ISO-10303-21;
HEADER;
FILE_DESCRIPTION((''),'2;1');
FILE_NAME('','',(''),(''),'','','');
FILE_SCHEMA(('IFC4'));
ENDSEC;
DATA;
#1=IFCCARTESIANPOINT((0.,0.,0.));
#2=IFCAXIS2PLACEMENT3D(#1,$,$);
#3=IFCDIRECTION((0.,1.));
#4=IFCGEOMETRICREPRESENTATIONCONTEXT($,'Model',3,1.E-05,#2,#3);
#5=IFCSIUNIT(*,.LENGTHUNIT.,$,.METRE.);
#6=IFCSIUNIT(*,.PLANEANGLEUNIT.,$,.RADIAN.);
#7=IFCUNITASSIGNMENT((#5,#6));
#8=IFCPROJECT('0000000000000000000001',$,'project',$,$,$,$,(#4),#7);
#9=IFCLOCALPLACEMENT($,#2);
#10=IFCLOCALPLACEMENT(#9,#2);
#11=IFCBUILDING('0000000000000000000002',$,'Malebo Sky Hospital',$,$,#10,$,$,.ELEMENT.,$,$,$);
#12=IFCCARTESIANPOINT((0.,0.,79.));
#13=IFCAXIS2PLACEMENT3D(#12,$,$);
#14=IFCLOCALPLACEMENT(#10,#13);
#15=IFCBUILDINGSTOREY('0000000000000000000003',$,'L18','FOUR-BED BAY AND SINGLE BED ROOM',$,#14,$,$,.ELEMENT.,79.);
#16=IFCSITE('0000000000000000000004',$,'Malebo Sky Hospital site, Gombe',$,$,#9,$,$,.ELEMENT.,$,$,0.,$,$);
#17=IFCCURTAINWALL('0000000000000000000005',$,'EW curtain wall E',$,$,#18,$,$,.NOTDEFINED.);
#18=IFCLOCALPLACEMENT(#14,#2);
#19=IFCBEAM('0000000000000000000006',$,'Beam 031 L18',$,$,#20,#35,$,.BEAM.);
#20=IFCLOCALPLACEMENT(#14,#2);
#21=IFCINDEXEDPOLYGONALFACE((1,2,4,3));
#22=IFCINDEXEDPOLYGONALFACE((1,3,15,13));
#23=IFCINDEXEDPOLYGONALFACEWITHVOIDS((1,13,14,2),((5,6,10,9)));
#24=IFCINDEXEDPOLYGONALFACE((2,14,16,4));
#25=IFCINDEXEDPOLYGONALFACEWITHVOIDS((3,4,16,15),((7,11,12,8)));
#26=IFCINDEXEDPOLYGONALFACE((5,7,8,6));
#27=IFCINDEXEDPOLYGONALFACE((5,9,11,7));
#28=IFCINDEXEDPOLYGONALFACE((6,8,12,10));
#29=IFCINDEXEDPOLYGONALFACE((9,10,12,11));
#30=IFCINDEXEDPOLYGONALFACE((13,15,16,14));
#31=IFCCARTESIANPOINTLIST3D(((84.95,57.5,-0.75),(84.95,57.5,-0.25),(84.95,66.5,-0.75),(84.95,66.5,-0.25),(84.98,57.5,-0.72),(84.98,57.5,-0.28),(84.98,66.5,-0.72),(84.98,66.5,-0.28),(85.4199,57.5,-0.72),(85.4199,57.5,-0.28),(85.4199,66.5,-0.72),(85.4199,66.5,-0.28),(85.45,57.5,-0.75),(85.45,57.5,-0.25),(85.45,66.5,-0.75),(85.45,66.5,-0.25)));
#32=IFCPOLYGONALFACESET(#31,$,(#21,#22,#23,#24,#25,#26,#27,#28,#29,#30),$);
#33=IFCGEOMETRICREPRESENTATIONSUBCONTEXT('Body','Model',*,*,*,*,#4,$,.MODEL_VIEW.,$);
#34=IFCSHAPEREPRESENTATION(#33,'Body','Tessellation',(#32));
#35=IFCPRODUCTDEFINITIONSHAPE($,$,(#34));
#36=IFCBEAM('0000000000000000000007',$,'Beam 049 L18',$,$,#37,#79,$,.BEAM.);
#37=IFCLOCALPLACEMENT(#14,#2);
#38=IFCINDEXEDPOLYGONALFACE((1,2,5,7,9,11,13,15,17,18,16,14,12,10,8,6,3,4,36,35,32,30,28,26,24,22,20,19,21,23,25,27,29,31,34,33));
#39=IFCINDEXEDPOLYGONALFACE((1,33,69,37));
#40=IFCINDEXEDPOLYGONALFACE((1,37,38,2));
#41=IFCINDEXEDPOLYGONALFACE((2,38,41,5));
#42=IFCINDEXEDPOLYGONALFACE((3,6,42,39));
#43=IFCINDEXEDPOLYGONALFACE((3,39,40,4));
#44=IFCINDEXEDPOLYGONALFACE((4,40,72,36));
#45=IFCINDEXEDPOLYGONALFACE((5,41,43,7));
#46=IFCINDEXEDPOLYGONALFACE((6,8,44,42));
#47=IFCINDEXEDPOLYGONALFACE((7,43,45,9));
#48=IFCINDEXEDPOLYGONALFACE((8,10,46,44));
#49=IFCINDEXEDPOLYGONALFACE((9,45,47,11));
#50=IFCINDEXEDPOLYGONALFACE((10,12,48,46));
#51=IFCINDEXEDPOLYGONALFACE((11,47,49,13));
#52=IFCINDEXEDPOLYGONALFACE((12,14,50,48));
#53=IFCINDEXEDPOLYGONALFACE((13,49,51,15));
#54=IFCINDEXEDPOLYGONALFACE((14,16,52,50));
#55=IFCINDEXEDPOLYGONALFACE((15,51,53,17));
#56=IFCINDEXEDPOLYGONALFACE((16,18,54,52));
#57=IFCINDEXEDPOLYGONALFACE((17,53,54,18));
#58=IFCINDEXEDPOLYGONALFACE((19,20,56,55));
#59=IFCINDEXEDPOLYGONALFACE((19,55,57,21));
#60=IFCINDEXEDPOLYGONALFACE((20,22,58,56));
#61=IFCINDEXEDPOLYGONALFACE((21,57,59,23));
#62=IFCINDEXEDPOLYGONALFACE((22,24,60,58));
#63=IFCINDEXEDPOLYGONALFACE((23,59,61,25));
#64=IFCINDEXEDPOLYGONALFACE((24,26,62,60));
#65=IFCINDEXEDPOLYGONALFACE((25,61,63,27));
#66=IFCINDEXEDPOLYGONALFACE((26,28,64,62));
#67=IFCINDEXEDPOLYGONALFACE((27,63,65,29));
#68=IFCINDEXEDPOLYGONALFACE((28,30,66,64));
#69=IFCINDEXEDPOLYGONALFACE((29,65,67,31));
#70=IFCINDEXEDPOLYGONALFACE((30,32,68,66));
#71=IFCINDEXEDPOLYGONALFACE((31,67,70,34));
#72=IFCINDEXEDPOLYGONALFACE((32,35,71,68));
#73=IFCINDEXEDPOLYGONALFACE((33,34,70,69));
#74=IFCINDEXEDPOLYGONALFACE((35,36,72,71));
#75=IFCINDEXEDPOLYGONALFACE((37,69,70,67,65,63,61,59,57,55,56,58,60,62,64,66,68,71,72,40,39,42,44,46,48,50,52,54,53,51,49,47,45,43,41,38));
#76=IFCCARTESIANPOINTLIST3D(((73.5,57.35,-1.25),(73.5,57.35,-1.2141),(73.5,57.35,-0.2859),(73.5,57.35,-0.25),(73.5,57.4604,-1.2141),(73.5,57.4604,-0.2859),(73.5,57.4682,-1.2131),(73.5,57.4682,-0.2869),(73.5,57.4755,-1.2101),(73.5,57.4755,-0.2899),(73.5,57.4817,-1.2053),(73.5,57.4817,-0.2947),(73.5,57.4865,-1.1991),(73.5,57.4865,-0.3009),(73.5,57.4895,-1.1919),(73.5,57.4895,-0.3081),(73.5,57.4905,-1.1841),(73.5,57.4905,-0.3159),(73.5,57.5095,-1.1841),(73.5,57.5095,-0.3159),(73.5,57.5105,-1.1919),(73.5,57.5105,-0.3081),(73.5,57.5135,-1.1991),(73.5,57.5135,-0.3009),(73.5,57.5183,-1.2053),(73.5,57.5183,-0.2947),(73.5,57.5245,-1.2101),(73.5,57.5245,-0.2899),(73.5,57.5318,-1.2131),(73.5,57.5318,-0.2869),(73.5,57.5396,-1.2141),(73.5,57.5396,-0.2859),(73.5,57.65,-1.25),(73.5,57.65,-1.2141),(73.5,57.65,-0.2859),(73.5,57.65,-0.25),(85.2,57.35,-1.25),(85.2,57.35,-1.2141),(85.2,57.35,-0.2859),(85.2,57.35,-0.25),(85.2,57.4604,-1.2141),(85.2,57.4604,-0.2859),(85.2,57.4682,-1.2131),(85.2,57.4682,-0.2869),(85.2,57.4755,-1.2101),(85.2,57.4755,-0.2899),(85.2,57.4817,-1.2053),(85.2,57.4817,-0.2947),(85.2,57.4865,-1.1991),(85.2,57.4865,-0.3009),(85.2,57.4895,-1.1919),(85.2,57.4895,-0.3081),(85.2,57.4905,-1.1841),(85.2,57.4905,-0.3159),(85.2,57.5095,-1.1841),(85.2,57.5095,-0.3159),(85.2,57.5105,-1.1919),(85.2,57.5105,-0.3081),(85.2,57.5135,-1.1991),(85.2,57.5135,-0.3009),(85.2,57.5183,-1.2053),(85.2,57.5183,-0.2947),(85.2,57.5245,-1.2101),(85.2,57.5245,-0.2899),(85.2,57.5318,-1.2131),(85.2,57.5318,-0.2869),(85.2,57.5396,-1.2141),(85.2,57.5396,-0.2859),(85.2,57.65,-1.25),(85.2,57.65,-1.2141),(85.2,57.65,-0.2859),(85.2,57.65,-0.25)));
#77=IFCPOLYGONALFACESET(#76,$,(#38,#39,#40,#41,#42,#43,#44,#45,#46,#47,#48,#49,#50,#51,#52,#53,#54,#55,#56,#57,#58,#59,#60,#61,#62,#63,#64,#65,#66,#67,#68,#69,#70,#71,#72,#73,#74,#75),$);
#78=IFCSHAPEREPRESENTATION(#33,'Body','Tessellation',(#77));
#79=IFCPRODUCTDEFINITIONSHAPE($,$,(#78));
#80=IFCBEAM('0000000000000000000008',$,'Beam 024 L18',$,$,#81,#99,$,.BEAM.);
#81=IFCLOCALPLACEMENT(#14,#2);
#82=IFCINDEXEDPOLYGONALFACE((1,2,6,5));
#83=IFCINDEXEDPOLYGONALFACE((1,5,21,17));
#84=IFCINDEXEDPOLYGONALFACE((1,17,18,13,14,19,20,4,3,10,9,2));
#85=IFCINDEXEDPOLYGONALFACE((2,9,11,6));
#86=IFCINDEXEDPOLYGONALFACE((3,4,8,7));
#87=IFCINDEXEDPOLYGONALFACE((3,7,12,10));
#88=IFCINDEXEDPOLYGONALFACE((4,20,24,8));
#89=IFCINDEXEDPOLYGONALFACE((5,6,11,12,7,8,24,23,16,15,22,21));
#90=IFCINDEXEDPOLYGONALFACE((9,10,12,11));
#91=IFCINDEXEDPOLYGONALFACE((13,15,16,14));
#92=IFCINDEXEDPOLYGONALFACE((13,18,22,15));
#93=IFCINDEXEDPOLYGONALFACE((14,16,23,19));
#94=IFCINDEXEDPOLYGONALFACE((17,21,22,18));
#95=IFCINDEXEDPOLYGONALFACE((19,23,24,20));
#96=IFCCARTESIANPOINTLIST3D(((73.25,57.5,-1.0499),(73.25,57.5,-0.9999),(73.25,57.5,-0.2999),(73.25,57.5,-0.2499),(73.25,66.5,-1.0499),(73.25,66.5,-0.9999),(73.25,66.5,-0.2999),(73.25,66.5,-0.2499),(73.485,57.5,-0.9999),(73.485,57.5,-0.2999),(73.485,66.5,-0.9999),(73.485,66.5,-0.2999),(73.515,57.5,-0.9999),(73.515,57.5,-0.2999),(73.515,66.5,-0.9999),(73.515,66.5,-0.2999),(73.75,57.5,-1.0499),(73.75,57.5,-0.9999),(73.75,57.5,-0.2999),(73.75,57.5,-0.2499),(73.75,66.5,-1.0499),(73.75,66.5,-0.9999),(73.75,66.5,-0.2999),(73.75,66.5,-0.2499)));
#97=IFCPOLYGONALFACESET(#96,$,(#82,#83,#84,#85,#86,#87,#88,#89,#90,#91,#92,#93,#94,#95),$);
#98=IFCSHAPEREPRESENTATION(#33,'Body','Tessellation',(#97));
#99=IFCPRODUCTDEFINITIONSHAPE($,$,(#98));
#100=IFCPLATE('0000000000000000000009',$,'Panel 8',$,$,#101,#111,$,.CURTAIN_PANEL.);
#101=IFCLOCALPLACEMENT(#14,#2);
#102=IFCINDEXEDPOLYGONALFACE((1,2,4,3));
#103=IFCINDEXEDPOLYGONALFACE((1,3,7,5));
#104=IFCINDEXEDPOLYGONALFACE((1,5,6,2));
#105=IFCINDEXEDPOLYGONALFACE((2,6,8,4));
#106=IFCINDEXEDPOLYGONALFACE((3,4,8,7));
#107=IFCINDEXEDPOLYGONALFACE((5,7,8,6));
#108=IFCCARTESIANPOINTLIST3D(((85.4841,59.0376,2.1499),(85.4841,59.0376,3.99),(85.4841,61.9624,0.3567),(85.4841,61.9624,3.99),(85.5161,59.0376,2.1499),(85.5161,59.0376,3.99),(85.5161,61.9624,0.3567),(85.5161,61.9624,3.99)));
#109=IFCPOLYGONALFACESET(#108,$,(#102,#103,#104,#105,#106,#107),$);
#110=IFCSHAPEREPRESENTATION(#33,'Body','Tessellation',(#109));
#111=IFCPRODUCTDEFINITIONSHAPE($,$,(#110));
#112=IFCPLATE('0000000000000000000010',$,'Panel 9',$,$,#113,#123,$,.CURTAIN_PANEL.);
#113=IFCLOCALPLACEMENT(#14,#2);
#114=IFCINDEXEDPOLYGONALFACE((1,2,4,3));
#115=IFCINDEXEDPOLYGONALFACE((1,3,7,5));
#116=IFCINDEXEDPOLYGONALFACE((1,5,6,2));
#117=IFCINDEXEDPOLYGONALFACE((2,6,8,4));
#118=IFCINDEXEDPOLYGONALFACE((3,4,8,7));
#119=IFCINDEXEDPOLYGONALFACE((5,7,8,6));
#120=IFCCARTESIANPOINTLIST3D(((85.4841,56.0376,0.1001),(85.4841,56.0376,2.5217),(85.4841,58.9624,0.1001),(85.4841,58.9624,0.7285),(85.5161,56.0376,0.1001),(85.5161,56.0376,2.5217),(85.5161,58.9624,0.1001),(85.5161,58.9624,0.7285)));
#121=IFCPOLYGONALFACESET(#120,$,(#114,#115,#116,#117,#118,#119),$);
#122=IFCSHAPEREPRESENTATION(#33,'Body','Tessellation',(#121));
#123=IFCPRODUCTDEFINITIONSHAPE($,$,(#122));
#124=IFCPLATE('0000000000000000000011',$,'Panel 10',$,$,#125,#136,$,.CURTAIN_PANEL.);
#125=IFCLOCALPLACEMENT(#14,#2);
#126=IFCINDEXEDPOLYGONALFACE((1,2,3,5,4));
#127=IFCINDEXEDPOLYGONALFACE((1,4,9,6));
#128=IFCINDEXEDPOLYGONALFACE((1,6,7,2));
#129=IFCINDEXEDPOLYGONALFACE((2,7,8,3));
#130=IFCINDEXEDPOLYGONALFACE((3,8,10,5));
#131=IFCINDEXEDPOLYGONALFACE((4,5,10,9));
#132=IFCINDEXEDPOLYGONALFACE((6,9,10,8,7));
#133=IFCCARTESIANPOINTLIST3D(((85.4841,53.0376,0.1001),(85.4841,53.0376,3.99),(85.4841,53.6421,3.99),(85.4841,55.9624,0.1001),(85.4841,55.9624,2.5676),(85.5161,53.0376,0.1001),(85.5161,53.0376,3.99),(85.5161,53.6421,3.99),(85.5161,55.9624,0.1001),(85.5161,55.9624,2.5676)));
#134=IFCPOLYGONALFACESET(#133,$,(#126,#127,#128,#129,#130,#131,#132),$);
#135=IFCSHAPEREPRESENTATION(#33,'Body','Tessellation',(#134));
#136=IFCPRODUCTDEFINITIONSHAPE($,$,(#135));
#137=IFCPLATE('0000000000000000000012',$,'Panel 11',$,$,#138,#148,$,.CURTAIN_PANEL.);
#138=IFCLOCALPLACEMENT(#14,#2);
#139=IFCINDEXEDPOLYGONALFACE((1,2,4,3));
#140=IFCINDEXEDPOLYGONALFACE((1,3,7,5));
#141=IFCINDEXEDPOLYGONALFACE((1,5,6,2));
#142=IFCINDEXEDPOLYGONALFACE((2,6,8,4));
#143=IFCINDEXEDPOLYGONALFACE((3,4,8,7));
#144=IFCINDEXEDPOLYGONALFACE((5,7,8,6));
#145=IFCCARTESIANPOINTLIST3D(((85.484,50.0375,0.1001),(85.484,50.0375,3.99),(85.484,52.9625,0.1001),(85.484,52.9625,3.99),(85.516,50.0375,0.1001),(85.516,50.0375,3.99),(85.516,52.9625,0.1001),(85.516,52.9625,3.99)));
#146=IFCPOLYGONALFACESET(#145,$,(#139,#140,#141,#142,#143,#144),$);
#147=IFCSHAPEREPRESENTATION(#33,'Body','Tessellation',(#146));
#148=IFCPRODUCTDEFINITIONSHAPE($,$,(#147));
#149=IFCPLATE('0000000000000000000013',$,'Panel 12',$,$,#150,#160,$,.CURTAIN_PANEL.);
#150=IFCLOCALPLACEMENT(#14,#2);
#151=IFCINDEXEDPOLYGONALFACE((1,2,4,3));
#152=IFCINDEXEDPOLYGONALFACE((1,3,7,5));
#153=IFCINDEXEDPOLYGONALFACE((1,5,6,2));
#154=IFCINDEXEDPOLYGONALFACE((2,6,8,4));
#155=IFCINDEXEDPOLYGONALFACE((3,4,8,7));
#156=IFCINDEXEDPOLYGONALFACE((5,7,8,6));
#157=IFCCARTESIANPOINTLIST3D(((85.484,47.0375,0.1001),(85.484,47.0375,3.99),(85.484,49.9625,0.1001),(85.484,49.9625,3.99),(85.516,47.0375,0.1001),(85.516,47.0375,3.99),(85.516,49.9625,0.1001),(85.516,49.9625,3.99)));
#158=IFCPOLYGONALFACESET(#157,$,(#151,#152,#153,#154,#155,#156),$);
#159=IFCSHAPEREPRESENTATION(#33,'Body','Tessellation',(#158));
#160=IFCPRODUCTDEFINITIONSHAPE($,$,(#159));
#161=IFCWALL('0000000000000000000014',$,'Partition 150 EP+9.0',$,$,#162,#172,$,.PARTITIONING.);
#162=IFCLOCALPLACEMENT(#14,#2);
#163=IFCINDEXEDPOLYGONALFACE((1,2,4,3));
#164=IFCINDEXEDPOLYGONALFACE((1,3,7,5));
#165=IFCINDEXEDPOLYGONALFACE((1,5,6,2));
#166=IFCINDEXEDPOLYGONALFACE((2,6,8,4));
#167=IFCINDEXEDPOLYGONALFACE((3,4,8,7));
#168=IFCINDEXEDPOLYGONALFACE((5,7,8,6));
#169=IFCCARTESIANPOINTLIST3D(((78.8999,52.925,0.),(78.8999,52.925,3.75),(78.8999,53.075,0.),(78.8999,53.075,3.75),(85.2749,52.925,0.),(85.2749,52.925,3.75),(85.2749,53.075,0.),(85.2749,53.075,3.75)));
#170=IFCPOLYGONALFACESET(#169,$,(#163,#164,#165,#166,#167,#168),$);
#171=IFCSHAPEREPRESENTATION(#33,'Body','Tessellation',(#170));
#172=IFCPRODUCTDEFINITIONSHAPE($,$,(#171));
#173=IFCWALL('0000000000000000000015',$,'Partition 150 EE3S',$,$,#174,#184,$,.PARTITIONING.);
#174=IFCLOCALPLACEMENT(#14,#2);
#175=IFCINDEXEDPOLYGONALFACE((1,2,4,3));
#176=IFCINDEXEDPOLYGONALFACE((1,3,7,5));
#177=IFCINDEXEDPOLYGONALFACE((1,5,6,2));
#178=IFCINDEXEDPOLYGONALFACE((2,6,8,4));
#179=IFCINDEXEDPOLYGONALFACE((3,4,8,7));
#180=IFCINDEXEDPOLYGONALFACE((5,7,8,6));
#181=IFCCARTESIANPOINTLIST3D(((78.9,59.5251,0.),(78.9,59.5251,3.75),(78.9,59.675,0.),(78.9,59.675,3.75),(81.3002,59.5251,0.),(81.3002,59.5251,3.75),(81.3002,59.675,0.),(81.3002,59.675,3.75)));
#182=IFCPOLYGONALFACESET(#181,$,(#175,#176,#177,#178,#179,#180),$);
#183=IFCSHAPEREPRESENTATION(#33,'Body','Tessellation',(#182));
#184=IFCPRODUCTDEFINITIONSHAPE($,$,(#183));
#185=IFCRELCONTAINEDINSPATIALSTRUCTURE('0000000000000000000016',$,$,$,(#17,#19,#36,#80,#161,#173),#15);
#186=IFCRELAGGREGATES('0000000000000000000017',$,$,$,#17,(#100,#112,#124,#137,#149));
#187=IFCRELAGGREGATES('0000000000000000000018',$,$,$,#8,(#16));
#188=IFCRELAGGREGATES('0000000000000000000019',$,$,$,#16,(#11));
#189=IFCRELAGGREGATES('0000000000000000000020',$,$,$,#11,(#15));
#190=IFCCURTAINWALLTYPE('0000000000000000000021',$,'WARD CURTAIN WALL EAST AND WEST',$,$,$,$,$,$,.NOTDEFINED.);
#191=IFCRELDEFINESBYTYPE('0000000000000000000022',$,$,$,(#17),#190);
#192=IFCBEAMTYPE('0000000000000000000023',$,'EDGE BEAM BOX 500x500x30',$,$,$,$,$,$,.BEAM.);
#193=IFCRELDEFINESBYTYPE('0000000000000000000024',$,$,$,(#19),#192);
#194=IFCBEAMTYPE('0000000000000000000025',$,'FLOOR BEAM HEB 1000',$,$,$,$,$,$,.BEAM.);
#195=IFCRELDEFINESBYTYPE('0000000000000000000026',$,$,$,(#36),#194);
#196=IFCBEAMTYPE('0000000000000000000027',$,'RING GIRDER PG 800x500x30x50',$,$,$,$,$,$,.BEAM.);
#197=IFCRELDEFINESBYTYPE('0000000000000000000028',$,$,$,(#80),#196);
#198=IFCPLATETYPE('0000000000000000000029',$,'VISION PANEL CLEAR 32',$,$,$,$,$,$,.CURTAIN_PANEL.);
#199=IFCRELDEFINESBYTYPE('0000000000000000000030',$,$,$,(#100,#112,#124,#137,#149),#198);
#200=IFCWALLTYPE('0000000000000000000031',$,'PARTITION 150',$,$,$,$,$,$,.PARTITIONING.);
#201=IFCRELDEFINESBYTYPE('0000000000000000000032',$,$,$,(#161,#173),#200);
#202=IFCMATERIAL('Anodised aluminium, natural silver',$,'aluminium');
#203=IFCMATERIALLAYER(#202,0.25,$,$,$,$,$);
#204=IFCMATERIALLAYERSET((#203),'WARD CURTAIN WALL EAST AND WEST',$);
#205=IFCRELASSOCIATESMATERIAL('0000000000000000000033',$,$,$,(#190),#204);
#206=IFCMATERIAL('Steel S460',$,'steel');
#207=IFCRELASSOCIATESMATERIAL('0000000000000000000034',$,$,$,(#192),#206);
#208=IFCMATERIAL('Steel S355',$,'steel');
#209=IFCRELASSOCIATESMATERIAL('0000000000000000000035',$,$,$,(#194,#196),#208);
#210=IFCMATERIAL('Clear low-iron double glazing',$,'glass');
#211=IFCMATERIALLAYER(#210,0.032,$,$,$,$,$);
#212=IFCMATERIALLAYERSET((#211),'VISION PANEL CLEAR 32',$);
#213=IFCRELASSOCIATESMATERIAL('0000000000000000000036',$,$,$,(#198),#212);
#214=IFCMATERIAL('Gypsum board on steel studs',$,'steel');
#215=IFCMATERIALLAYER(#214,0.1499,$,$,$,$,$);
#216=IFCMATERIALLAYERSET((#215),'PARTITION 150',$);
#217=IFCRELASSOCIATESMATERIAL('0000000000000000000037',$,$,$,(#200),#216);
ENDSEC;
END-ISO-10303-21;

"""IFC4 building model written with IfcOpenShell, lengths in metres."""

from ifc_helpers import new_model, si_unit, direction, frame, frame_2d, origin, origin_2d, place, context, subcontext, project, spatial, polyline, rectangle, hollow_rectangle, i_section, outline, extrude, material, layer, layer_set, material_profile, profile_set, type_object, element, aggregate, save


model = new_model("IFC4")

# Units and contexts
model_context = context("Model", 3, precision=1e-05, world=origin(), true_north=direction((0.0, 1.0)))
body_context = subcontext(model_context, "Body", "Model", "MODEL_VIEW")
ifc_project = project(units=[si_unit("LENGTHUNIT", "METRE"), si_unit("PLANEANGLEUNIT", "RADIAN")], contexts=[model_context])

# Site, building, storey
site_placement = place(None, origin())
site = spatial("IfcSite", under=ifc_project, at=site_placement, Name="Malebo Sky Hospital site, Gombe", CompositionType="ELEMENT", RefElevation=0.0)
building_placement = place(site_placement, origin())
building = spatial("IfcBuilding", under=site, at=building_placement, Name="Malebo Sky Hospital", CompositionType="ELEMENT")
storey_placement = place(building_placement, frame((0.0, 0.0, 79.0)))
storey = spatial("IfcBuildingStorey", under=building, at=storey_placement, Name="L18", Description="FOUR-BED BAY AND SINGLE BED ROOM", CompositionType="ELEMENT", Elevation=79.0)

# Shared definitions
ifc_material_1 = material(Name="Steel S460", Category="steel")

# Curtain wall
ifc_material_2 = material(Name="Anodised aluminium, natural silver", Category="aluminium")
ifc_layer_1 = layer(ifc_material_2, 0.25)
ifc_layer_set_1 = layer_set([ifc_layer_1], Name="WARD CURTAIN WALL EAST AND WEST")
curtain_wall_type = type_object("IfcCurtainWallType", Name="WARD CURTAIN WALL EAST AND WEST", PredefinedType="NOTDEFINED", material=ifc_layer_set_1)
curtain_wall_placement = place(storey_placement, origin())
curtain_wall = element("IfcCurtainWall", 1, at=curtain_wall_placement, inside=storey, type_object=curtain_wall_type, Name="EW curtain wall E", PredefinedType="NOTDEFINED")

# Beams
ifc_material_profile_1 = material_profile(ifc_material_1, hollow_rectangle(XDim=0.5, YDim=0.5, WallThickness=0.03, at=origin_2d()), Name="BOX 500x500x30")
ifc_profile_set_1 = profile_set([ifc_material_profile_1], Name="Steel S460")
beam_type_1 = type_object("IfcBeamType", Name="EDGE BEAM BOX 500x500x30", PredefinedType="BEAM", material=ifc_profile_set_1)
for number, where, z_axis, x_axis, name in (
    (2, (85.2, 57.5, -0.5), (0.0, 1.0, 0.0), (-1.0, 0.0, 0.0), "Beam 031 L18"),
):
    element("IfcBeam", number, at=place(storey_placement, frame(where, z_axis=z_axis, x_axis=x_axis)), inside=storey, type_object=beam_type_1, Name=name, PredefinedType="BEAM", context=body_context, shape_type="SweptSolid", body=[
        extrude(hollow_rectangle(XDim=0.5, YDim=0.5, WallThickness=0.03, at=origin_2d()), origin(), (0.0, 0.0, 1.0), 9.0),
    ])
ifc_material_3 = material(Name="Steel S355", Category="steel")
ifc_material_profile_2 = material_profile(ifc_material_3, i_section(OverallWidth=0.3, OverallDepth=1.0, WebThickness=0.019, FlangeThickness=0.0359, FilletRadius=0.03, at=origin_2d()), Name="HEB 1000")
ifc_profile_set_2 = profile_set([ifc_material_profile_2], Name="Steel S355")
beam_type_2 = type_object("IfcBeamType", Name="FLOOR BEAM HEB 1000", PredefinedType="BEAM", material=ifc_profile_set_2)
beam_1_placement = place(storey_placement, frame((73.5, 57.5, -0.75), z_axis=(1.0, 0.0, 0.0), x_axis=(0.0, 1.0, 0.0)))
element("IfcBeam", 3, at=beam_1_placement, inside=storey, type_object=beam_type_2, Name="Beam 049 L18", PredefinedType="BEAM", context=body_context, shape_type="SweptSolid", body=[
    extrude(i_section(OverallWidth=0.3, OverallDepth=1.0, WebThickness=0.019, FlangeThickness=0.0359, FilletRadius=0.03, at=origin_2d()), origin(), (0.0, 0.0, 1.0), 11.7),
])
ifc_material_profile_3 = material_profile(ifc_material_3, i_section(OverallWidth=0.5, OverallDepth=0.8, WebThickness=0.03, FlangeThickness=0.05, at=origin_2d()), Name="PG 800x500x30x50")
ifc_profile_set_3 = profile_set([ifc_material_profile_3], Name="Steel S355")
beam_type_3 = type_object("IfcBeamType", Name="RING GIRDER PG 800x500x30x50", PredefinedType="BEAM", material=ifc_profile_set_3)
beam_2_placement = place(storey_placement, frame((73.5, 57.5, -0.6499), z_axis=(0.0, 1.0, 0.0), x_axis=(-1.0, 0.0, 0.0)))
element("IfcBeam", 4, at=beam_2_placement, inside=storey, type_object=beam_type_3, Name="Beam 024 L18", PredefinedType="BEAM", context=body_context, shape_type="SweptSolid", body=[
    extrude(i_section(OverallWidth=0.5, OverallDepth=0.8, WebThickness=0.03, FlangeThickness=0.05, at=origin_2d()), origin(), (0.0, 0.0, 1.0), 9.0),
])

# Plates
ifc_material_4 = material(Name="Clear low-iron double glazing", Category="glass")
ifc_layer_2 = layer(ifc_material_4, 0.032)
ifc_layer_set_2 = layer_set([ifc_layer_2], Name="VISION PANEL CLEAR 32")
plate_type = type_object("IfcPlateType", Name="VISION PANEL CLEAR 32", PredefinedType="CURTAIN_PANEL", material=ifc_layer_set_2)
plate_1_placement = place(storey_placement, frame((85.5, 60.5, 0.3567), z_axis=(0.0, 0.0, 1.0), x_axis=(0.0, -1.0, 0.0)))
plate_1 = element("IfcPlate", 5, at=plate_1_placement, type_object=plate_type, Name="Panel 8", PredefinedType="CURTAIN_PANEL", context=body_context, shape_type="SweptSolid", body=[
    extrude(outline(polyline([(-1.4624, 0.0), (1.4624, 1.7932), (1.4624, 3.6333), (-1.4624, 3.6333), (-1.4624, 0.0)])), frame((0.0, 0.0161, 0.0), z_axis=(0.0, -1.0, 0.0), x_axis=(1.0, 0.0, 0.0)), (0.0, 0.0, 1.0), 0.032),
])
plate_2_placement = place(storey_placement, frame((85.5, 57.5, 0.1001), z_axis=(0.0, 0.0, 1.0), x_axis=(0.0, -1.0, 0.0)))
plate_2 = element("IfcPlate", 6, at=plate_2_placement, type_object=plate_type, Name="Panel 9", PredefinedType="CURTAIN_PANEL", context=body_context, shape_type="SweptSolid", body=[
    extrude(outline(polyline([(-1.4624, 0.0), (1.4624, 0.0), (1.4624, 2.4216), (-1.4624, 0.6284), (-1.4624, 0.0)])), frame((0.0, 0.0161, 0.0), z_axis=(0.0, -1.0, 0.0), x_axis=(1.0, 0.0, 0.0)), (0.0, 0.0, 1.0), 0.032),
])
plate_3_placement = place(storey_placement, frame((85.5, 54.5, 0.1001), z_axis=(0.0, 0.0, 1.0), x_axis=(0.0, -1.0, 0.0)))
plate_3 = element("IfcPlate", 7, at=plate_3_placement, type_object=plate_type, Name="Panel 10", PredefinedType="CURTAIN_PANEL", context=body_context, shape_type="SweptSolid", body=[
    extrude(outline(polyline([(-1.4624, 0.0), (1.4624, 0.0), (1.4624, 3.8899), (0.8579, 3.8899), (-1.4624, 2.4675), (-1.4624, 0.0)])), frame((0.0, 0.0161, 0.0), z_axis=(0.0, -1.0, 0.0), x_axis=(1.0, 0.0, 0.0)), (0.0, 0.0, 1.0), 0.032),
])
plate_4_placement = place(storey_placement, frame((85.5, 51.5, 0.1001), z_axis=(0.0, 0.0, 1.0), x_axis=(0.0, -1.0, 0.0)))
plate_4 = element("IfcPlate", 8, at=plate_4_placement, type_object=plate_type, Name="Panel 11", PredefinedType="CURTAIN_PANEL", context=body_context, shape_type="SweptSolid", body=[
    extrude(rectangle(XDim=2.925, YDim=0.032, at=origin_2d()), origin(), (0.0, 0.0, 1.0), 3.8899),
])
plate_5_placement = place(storey_placement, frame((85.5, 48.5, 0.1001), z_axis=(0.0, 0.0, 1.0), x_axis=(0.0, -1.0, 0.0)))
plate_5 = element("IfcPlate", 9, at=plate_5_placement, type_object=plate_type, Name="Panel 12", PredefinedType="CURTAIN_PANEL", context=body_context, shape_type="SweptSolid", body=[
    extrude(rectangle(XDim=2.925, YDim=0.032, at=origin_2d()), origin(), (0.0, 0.0, 1.0), 3.8899),
])
aggregate(curtain_wall, [plate_1, plate_2, plate_3, plate_4, plate_5])

# Walls
ifc_material_5 = material(Name="Gypsum board on steel studs", Category="steel")
ifc_layer_3 = layer(ifc_material_5, 0.1499)
ifc_layer_set_3 = layer_set([ifc_layer_3], Name="PARTITION 150")
wall_type = type_object("IfcWallType", Name="PARTITION 150", PredefinedType="PARTITIONING", material=ifc_layer_set_3)
wall_1_placement = place(storey_placement, frame((78.8999, 53.0, 0.0), z_axis=(0.0, 0.0, 1.0), x_axis=(1.0, 0.0, 0.0)))
element("IfcWall", 10, at=wall_1_placement, inside=storey, type_object=wall_type, Name="Partition 150 EP+9.0", PredefinedType="PARTITIONING", context=body_context, shape_type="SweptSolid", body=[
    extrude(rectangle(XDim=6.375, YDim=0.1499, at=frame_2d((3.1875, 0.0))), origin(), (0.0, 0.0, 1.0), 3.75),
])
wall_2_placement = place(storey_placement, frame((78.8999, 59.6001, 0.0), z_axis=(0.0, 0.0, 1.0), x_axis=(1.0, 0.0, 0.0)))
element("IfcWall", 11, at=wall_2_placement, inside=storey, type_object=wall_type, Name="Partition 150 EE3S", PredefinedType="PARTITIONING", context=body_context, shape_type="SweptSolid", body=[
    extrude(rectangle(XDim=2.4001, YDim=0.1499, at=frame_2d((1.2002, 0.0))), origin(), (0.0, 0.0, 1.0), 3.75),
])

save(model, "model.ifc")
